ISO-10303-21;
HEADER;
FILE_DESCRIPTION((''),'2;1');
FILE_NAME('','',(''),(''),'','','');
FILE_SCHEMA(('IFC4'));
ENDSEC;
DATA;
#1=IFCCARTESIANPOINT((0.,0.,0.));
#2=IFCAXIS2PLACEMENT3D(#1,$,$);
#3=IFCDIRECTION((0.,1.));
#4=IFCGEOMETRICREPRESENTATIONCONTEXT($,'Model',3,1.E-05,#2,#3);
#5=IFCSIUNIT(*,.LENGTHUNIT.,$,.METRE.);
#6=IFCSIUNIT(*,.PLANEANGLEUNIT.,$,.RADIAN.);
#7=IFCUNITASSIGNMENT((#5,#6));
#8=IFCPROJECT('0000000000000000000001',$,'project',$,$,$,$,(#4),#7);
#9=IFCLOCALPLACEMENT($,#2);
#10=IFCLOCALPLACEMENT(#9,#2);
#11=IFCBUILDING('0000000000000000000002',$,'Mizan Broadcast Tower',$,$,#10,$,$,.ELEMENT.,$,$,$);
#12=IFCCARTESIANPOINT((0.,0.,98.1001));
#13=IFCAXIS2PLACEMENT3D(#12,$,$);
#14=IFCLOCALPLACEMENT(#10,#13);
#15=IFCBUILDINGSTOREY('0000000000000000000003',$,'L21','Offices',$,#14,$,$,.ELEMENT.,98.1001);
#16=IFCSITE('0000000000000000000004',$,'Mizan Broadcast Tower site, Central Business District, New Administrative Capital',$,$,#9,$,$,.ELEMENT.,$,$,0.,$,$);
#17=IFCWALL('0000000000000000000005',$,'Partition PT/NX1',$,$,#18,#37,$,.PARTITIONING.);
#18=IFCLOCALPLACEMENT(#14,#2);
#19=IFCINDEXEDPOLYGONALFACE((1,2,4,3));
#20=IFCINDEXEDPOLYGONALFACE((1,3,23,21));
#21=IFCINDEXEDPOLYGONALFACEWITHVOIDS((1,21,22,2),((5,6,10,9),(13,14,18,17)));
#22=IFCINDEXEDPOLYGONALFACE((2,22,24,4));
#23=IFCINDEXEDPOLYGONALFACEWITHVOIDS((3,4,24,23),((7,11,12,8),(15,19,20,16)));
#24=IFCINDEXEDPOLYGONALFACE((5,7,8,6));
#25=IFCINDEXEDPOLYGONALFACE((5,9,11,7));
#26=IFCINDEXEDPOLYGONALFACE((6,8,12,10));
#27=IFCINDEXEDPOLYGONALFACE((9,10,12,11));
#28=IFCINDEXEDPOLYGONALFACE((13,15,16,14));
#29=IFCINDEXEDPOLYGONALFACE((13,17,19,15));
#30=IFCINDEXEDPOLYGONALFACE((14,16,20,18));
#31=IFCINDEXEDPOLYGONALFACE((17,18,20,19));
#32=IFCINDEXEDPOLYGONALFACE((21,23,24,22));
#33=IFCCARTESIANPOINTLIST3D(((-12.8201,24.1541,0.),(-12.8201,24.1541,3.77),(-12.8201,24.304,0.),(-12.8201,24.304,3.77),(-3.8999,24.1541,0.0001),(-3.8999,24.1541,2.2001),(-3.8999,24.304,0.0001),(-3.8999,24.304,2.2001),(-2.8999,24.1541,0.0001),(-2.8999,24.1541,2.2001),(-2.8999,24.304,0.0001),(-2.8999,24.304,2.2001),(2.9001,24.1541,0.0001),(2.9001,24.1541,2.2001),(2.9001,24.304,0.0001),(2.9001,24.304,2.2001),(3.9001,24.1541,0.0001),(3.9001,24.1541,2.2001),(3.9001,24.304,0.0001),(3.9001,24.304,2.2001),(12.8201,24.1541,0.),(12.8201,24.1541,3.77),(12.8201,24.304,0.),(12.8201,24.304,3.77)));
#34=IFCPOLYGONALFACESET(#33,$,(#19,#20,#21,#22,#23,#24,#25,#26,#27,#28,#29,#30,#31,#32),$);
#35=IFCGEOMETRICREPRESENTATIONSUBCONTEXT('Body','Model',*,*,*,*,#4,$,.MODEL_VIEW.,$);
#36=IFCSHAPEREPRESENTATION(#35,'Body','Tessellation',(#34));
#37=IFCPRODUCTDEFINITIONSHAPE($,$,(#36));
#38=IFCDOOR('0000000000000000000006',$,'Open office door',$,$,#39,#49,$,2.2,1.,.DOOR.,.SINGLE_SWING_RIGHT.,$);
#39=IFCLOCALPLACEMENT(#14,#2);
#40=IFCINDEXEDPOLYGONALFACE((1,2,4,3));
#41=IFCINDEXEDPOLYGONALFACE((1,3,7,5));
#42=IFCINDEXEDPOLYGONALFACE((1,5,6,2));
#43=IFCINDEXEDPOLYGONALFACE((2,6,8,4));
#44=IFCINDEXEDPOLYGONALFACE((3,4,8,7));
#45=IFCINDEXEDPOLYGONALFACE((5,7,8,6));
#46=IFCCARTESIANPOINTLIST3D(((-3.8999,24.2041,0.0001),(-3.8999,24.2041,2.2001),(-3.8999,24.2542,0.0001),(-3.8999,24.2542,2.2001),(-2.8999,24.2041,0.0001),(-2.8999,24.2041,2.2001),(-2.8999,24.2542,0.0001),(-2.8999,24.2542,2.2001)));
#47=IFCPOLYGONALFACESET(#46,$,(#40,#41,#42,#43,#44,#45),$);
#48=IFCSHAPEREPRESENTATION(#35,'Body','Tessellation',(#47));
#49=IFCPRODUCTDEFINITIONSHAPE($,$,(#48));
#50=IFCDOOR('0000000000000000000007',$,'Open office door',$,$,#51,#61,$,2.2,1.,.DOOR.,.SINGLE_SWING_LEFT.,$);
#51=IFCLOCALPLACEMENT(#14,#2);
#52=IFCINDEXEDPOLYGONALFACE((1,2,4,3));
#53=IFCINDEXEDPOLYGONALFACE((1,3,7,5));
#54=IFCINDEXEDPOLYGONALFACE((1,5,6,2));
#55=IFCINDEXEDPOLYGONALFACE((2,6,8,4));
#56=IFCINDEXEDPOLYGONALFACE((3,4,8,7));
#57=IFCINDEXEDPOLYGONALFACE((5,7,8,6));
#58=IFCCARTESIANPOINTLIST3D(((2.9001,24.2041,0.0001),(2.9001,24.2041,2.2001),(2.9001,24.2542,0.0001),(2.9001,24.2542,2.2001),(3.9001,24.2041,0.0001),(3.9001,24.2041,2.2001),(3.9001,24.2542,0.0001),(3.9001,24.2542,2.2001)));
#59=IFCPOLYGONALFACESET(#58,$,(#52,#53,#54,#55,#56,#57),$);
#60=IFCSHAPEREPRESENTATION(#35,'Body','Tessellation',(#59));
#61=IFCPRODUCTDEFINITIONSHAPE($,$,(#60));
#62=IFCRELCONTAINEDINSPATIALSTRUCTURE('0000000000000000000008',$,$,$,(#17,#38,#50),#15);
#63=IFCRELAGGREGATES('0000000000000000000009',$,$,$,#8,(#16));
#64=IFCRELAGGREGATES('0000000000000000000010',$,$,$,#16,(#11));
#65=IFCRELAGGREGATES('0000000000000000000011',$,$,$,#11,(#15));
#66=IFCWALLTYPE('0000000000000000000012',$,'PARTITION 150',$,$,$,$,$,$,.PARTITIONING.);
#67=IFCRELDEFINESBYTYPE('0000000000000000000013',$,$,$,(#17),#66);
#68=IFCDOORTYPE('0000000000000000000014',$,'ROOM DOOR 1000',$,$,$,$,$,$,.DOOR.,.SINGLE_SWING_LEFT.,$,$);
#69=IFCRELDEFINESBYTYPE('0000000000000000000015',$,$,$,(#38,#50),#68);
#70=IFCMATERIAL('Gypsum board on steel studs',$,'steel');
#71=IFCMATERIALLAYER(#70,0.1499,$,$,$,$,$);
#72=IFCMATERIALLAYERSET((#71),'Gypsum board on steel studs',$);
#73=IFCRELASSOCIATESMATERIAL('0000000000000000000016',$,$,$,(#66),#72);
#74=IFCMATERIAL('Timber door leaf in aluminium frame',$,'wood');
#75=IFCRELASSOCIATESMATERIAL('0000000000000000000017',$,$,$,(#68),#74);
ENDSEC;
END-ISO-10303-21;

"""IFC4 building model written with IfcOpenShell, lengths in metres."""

from ifc_helpers import new_model, si_unit, direction, frame, frame_2d, origin, place, context, subcontext, project, spatial, rectangle, extrude, material, layer, layer_set, type_object, element, fill, save


model = new_model("IFC4")

# Units and contexts
model_context = context("Model", 3, precision=1e-05, world=origin(), true_north=direction((0.0, 1.0)))
body_context = subcontext(model_context, "Body", "Model", "MODEL_VIEW")
ifc_project = project(units=[si_unit("LENGTHUNIT", "METRE"), si_unit("PLANEANGLEUNIT", "RADIAN")], contexts=[model_context])

# Site, building, storey
site_placement = place(None, origin())
site = spatial("IfcSite", under=ifc_project, at=site_placement, Name="Mizan Broadcast Tower site, Central Business District, New Administrative Capital", CompositionType="ELEMENT", RefElevation=0.0)
building_placement = place(site_placement, origin())
building = spatial("IfcBuilding", under=site, at=building_placement, Name="Mizan Broadcast Tower", CompositionType="ELEMENT")
storey_placement = place(building_placement, frame((0.0, 0.0, 98.1001)))
storey = spatial("IfcBuildingStorey", under=building, at=storey_placement, Name="L21", Description="Offices", CompositionType="ELEMENT", Elevation=98.1001)

# Wall, openings, doors
ifc_material_1 = material(Name="Gypsum board on steel studs", Category="steel")
ifc_layer_1 = layer(ifc_material_1, 0.1499)
ifc_layer_set_1 = layer_set([ifc_layer_1], Name="Gypsum board on steel studs")
wall_type_1 = type_object("IfcWallType", Name="PARTITION 150", PredefinedType="PARTITIONING", material=ifc_layer_set_1)
wall_1_placement = place(storey_placement, frame((12.8201, 24.229, 0.0), z_axis=(0.0, 0.0, 1.0), x_axis=(-1.0, 0.0, 0.0)))
wall_1 = element("IfcWall", 1, at=wall_1_placement, inside=storey, type_object=wall_type_1, Name="Partition PT/NX1", PredefinedType="PARTITIONING", context=body_context, shape_type="SweptSolid", body=[
    extrude(rectangle(XDim=25.6401, YDim=0.1499, at=frame_2d((12.8201, 0.0))), origin(), (0.0, 0.0, 1.0), 3.77),
])
opening_1_placement = place(wall_1_placement, frame((15.72, 0.0, 0.0)))
opening_1 = element("IfcOpeningElement", 2, at=opening_1_placement, cuts=wall_1, PredefinedType="OPENING", context=body_context, shape_type="SweptSolid", body=[
    extrude(rectangle(XDim=1.0, YDim=2.2, at=frame_2d((0.5, 1.1001))), frame((0.0, 0.085, 0.0), z_axis=(0.0, -1.0, 0.0), x_axis=(1.0, 0.0, 0.0)), (0.0, 0.0, 1.0), 0.1699),
])
opening_2_placement = place(wall_1_placement, frame((8.9199, 0.0, 0.0)))
opening_2 = element("IfcOpeningElement", 3, at=opening_2_placement, cuts=wall_1, PredefinedType="OPENING", context=body_context, shape_type="SweptSolid", body=[
    extrude(rectangle(XDim=1.0, YDim=2.2, at=frame_2d((0.5, 1.1001))), frame((0.0, 0.085, 0.0), z_axis=(0.0, -1.0, 0.0), x_axis=(1.0, 0.0, 0.0)), (0.0, 0.0, 1.0), 0.1699),
])
ifc_material_2 = material(Name="Timber door leaf in aluminium frame", Category="wood")
door_type = type_object("IfcDoorType", Name="ROOM DOOR 1000", OperationType="SINGLE_SWING_LEFT", PredefinedType="DOOR", material=ifc_material_2)
door_1_placement = place(opening_1_placement, origin())
door_1 = element("IfcDoor", 4, at=door_1_placement, inside=storey, type_object=door_type, Name="Open office door", OperationType="SINGLE_SWING_RIGHT", OverallHeight=2.2, OverallWidth=1.0, PredefinedType="DOOR", context=body_context, shape_type="SweptSolid", body=[
    extrude(rectangle(XDim=1.0, YDim=2.2, at=frame_2d((0.5, 1.1001))), frame((0.0, 0.0249, 0.0), z_axis=(0.0, -1.0, 0.0), x_axis=(1.0, 0.0, 0.0)), (0.0, 0.0, 1.0), 0.05),
])
fill(opening_1, door_1)
door_2_placement = place(opening_2_placement, origin())
door_2 = element("IfcDoor", 5, at=door_2_placement, inside=storey, type_object=door_type, Name="Open office door", OperationType="SINGLE_SWING_LEFT", OverallHeight=2.2, OverallWidth=1.0, PredefinedType="DOOR", context=body_context, shape_type="SweptSolid", body=[
    extrude(rectangle(XDim=1.0, YDim=2.2, at=frame_2d((0.5, 1.1001))), frame((0.0, 0.0249, 0.0), z_axis=(0.0, -1.0, 0.0), x_axis=(1.0, 0.0, 0.0)), (0.0, 0.0, 1.0), 0.05),
])
fill(opening_2, door_2)

save(model, "model.ifc")
